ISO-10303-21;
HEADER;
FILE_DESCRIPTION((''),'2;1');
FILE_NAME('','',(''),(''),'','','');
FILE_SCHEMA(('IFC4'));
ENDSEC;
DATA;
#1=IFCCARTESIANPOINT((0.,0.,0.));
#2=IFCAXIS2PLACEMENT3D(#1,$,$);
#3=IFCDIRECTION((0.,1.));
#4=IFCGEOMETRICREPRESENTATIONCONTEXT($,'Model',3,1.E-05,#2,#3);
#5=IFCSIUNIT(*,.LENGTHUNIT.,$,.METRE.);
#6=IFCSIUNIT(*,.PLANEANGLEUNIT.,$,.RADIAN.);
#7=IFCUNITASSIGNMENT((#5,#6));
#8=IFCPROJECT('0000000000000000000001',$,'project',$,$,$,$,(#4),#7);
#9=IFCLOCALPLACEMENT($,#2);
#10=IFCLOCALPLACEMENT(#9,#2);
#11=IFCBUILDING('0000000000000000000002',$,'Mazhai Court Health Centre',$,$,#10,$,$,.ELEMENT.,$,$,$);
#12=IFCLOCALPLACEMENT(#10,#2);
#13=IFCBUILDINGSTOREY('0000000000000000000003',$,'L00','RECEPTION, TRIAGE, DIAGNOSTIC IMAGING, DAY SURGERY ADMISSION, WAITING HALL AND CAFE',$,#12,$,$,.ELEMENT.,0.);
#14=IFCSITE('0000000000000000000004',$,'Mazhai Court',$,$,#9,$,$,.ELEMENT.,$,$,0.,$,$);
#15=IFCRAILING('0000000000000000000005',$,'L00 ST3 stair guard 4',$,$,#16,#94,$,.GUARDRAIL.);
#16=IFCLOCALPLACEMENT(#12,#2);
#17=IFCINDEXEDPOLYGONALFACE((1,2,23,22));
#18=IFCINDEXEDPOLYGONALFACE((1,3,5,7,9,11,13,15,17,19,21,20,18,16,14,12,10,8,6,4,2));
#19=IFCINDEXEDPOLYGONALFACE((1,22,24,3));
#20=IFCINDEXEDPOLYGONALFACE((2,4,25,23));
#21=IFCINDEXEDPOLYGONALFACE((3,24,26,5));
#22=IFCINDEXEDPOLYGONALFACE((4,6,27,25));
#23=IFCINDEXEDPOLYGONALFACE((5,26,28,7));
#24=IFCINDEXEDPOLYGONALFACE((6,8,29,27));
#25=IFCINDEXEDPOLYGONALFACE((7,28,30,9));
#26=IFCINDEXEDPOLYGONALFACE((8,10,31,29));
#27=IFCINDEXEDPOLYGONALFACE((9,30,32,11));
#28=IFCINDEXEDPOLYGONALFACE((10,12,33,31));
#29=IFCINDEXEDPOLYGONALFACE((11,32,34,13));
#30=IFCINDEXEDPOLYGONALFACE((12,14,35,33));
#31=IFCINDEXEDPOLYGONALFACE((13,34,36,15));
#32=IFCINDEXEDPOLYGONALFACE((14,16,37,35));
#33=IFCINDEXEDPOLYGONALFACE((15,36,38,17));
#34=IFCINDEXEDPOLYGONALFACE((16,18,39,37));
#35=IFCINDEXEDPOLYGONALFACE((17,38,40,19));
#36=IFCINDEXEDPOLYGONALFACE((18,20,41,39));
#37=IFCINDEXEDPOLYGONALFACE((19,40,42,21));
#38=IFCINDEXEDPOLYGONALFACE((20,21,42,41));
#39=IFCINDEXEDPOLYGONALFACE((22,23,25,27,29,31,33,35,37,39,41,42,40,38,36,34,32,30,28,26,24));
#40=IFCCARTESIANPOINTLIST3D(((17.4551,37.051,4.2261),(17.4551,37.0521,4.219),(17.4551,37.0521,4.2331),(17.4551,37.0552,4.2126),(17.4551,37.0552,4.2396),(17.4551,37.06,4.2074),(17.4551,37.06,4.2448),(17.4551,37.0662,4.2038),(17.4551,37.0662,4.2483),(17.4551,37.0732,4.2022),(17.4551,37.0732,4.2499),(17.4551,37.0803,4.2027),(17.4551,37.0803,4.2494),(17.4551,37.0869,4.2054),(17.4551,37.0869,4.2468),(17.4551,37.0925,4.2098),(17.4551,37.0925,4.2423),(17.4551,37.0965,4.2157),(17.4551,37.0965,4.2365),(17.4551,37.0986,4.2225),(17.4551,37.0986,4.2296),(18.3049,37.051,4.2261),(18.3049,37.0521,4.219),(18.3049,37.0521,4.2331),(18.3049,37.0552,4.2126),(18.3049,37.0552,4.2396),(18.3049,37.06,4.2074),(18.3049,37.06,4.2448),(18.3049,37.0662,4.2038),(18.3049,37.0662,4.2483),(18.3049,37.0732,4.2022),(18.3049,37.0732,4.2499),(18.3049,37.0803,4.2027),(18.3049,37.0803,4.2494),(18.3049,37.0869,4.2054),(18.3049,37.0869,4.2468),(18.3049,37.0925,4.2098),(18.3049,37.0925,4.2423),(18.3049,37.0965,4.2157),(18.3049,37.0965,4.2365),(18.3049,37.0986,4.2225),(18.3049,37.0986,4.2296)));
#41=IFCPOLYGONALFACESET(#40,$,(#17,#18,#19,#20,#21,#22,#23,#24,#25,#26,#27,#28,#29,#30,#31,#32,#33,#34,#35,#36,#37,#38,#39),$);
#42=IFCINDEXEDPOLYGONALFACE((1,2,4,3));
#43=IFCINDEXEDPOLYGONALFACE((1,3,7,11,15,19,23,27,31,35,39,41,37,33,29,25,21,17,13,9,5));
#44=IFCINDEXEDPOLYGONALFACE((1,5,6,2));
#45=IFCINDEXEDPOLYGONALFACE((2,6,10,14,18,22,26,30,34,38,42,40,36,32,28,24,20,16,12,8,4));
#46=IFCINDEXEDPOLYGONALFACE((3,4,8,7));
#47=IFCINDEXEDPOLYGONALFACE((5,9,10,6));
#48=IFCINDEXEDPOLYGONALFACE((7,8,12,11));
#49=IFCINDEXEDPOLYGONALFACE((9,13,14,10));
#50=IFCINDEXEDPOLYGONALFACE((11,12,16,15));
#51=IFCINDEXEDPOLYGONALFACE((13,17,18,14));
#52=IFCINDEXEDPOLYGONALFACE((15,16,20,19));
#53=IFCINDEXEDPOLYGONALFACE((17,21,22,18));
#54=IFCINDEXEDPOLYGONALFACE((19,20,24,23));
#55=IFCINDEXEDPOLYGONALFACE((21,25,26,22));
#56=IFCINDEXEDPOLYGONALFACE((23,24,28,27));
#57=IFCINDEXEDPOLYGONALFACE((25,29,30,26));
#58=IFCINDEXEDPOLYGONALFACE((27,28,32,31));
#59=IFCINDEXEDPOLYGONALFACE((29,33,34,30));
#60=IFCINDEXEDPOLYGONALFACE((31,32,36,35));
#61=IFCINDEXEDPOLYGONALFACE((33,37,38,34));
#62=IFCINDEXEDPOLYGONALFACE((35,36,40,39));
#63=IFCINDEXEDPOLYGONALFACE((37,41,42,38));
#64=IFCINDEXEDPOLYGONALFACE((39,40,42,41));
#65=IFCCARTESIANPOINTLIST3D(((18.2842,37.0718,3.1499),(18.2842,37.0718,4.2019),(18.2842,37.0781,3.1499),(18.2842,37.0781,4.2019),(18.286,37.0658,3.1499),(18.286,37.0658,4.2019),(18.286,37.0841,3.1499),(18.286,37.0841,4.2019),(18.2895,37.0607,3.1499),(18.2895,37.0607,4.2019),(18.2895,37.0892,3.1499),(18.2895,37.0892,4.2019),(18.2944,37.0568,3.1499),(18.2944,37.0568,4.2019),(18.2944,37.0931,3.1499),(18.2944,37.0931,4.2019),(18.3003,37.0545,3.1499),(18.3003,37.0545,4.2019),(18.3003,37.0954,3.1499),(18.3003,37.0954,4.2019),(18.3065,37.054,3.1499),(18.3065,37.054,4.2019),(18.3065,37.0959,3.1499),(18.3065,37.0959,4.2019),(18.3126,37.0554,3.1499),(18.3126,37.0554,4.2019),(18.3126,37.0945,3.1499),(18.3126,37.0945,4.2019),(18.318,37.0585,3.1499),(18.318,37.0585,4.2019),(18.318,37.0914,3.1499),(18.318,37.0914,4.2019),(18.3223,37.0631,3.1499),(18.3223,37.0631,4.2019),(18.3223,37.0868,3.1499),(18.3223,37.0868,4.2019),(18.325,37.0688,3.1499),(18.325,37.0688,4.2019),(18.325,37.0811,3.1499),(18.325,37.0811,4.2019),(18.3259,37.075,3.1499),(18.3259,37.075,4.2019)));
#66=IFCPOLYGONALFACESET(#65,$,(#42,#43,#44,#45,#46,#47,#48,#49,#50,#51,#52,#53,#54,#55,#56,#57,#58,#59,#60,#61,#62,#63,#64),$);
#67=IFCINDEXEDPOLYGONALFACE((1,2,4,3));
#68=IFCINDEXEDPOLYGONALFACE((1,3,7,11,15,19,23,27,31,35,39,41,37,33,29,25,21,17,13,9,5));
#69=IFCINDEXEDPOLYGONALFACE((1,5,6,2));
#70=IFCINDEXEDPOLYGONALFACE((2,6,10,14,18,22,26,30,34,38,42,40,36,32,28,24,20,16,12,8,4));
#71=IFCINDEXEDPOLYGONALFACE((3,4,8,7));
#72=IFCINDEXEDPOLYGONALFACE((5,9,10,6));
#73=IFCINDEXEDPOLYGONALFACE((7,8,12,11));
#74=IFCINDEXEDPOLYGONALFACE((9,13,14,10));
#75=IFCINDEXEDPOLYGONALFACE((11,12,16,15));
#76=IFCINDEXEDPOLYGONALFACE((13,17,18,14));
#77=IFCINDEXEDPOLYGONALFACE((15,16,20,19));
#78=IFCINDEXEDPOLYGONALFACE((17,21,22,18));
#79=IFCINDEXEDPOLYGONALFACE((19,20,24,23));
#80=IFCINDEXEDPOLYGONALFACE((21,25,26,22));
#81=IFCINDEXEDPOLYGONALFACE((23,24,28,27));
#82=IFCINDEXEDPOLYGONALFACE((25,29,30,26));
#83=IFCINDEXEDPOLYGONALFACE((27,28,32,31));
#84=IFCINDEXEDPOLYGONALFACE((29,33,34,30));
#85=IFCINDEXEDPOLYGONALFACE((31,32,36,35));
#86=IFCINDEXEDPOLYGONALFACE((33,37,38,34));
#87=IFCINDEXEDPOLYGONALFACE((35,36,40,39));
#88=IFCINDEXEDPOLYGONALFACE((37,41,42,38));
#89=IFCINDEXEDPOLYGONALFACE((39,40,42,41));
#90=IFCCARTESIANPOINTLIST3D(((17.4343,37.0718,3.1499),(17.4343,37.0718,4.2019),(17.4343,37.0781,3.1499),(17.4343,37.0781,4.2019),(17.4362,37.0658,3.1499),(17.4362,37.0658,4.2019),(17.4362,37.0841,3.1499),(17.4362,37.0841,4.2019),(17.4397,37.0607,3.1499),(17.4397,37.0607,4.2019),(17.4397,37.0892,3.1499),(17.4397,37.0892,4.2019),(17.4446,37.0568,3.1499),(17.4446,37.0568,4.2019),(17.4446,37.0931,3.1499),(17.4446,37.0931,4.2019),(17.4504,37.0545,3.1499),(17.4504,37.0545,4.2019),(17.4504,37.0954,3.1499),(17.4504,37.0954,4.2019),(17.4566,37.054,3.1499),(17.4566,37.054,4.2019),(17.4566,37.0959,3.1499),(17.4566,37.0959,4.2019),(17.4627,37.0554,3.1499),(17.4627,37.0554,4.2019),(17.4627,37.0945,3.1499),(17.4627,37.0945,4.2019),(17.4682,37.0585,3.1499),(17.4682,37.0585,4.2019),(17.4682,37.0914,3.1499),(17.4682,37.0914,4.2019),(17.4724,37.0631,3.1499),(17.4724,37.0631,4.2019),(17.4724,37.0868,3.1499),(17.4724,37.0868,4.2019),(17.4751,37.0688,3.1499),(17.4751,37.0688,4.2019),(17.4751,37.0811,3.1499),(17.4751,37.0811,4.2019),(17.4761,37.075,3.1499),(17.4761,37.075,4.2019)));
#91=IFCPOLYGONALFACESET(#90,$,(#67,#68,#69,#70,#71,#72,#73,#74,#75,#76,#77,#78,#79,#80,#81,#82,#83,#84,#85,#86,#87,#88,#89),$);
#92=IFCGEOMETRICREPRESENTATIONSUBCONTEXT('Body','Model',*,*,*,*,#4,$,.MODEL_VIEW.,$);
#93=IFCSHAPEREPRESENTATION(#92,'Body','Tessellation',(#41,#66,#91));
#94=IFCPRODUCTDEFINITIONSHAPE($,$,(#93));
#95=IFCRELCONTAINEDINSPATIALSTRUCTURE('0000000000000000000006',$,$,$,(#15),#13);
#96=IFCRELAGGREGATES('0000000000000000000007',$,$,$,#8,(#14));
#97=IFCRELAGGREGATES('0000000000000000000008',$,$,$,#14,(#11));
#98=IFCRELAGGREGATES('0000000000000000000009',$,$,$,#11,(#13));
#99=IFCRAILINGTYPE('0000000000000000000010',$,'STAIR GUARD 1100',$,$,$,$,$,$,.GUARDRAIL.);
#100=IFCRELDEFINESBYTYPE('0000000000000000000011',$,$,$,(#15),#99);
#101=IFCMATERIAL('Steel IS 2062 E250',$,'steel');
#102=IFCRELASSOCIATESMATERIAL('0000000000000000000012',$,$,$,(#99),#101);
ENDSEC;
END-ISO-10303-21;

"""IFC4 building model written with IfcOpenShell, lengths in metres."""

from ifc_helpers import new_model, si_unit, direction, frame, origin, origin_2d, place, context, subcontext, project, spatial, circle, extrude, material, type_object, element, save


model = new_model("IFC4")

# Units and contexts
model_context = context("Model", 3, precision=1e-05, world=origin(), true_north=direction((0.0, 1.0)))
body_context = subcontext(model_context, "Body", "Model", "MODEL_VIEW")
ifc_project = project(units=[si_unit("LENGTHUNIT", "METRE"), si_unit("PLANEANGLEUNIT", "RADIAN")], contexts=[model_context])

# Site, building, storey
site_placement = place(None, origin())
site = spatial("IfcSite", under=ifc_project, at=site_placement, Name="Mazhai Court", CompositionType="ELEMENT", RefElevation=0.0)
building_placement = place(site_placement, origin())
building = spatial("IfcBuilding", under=site, at=building_placement, Name="Mazhai Court Health Centre", CompositionType="ELEMENT")
storey_placement = place(building_placement, origin())
storey = spatial("IfcBuildingStorey", under=building, at=storey_placement, Name="L00", Description="RECEPTION, TRIAGE, DIAGNOSTIC IMAGING, DAY SURGERY ADMISSION, WAITING HALL AND CAFE", CompositionType="ELEMENT", Elevation=0.0)

# Railing
ifc_material_1 = material(Name="Steel IS 2062 E250", Category="steel")
railing_type = type_object("IfcRailingType", Name="STAIR GUARD 1100", PredefinedType="GUARDRAIL", material=ifc_material_1)
railing_1_placement = place(storey_placement, frame((18.3049, 37.075, 3.1499)))
element("IfcRailing", 1, at=railing_1_placement, inside=storey, type_object=railing_type, Name="L00 ST3 stair guard 4", PredefinedType="GUARDRAIL", context=body_context, shape_type="SweptSolid", body=[
    extrude(circle(Radius=0.0239, at=origin_2d()), frame((0.0, 0.0, 1.0762), z_axis=(-1.0, 0.0, 0.0), x_axis=(0.0, -1.0, 0.0)), (0.0, 0.0, 1.0), 0.8499),
    extrude(circle(Radius=0.021, at=origin_2d()), origin(), (0.0, 0.0, 1.0), 1.052),
    extrude(circle(Radius=0.021, at=origin_2d()), frame((-0.8499, 0.0, 0.0)), (0.0, 0.0, 1.0), 1.052),
])

save(model, "model.ifc")
